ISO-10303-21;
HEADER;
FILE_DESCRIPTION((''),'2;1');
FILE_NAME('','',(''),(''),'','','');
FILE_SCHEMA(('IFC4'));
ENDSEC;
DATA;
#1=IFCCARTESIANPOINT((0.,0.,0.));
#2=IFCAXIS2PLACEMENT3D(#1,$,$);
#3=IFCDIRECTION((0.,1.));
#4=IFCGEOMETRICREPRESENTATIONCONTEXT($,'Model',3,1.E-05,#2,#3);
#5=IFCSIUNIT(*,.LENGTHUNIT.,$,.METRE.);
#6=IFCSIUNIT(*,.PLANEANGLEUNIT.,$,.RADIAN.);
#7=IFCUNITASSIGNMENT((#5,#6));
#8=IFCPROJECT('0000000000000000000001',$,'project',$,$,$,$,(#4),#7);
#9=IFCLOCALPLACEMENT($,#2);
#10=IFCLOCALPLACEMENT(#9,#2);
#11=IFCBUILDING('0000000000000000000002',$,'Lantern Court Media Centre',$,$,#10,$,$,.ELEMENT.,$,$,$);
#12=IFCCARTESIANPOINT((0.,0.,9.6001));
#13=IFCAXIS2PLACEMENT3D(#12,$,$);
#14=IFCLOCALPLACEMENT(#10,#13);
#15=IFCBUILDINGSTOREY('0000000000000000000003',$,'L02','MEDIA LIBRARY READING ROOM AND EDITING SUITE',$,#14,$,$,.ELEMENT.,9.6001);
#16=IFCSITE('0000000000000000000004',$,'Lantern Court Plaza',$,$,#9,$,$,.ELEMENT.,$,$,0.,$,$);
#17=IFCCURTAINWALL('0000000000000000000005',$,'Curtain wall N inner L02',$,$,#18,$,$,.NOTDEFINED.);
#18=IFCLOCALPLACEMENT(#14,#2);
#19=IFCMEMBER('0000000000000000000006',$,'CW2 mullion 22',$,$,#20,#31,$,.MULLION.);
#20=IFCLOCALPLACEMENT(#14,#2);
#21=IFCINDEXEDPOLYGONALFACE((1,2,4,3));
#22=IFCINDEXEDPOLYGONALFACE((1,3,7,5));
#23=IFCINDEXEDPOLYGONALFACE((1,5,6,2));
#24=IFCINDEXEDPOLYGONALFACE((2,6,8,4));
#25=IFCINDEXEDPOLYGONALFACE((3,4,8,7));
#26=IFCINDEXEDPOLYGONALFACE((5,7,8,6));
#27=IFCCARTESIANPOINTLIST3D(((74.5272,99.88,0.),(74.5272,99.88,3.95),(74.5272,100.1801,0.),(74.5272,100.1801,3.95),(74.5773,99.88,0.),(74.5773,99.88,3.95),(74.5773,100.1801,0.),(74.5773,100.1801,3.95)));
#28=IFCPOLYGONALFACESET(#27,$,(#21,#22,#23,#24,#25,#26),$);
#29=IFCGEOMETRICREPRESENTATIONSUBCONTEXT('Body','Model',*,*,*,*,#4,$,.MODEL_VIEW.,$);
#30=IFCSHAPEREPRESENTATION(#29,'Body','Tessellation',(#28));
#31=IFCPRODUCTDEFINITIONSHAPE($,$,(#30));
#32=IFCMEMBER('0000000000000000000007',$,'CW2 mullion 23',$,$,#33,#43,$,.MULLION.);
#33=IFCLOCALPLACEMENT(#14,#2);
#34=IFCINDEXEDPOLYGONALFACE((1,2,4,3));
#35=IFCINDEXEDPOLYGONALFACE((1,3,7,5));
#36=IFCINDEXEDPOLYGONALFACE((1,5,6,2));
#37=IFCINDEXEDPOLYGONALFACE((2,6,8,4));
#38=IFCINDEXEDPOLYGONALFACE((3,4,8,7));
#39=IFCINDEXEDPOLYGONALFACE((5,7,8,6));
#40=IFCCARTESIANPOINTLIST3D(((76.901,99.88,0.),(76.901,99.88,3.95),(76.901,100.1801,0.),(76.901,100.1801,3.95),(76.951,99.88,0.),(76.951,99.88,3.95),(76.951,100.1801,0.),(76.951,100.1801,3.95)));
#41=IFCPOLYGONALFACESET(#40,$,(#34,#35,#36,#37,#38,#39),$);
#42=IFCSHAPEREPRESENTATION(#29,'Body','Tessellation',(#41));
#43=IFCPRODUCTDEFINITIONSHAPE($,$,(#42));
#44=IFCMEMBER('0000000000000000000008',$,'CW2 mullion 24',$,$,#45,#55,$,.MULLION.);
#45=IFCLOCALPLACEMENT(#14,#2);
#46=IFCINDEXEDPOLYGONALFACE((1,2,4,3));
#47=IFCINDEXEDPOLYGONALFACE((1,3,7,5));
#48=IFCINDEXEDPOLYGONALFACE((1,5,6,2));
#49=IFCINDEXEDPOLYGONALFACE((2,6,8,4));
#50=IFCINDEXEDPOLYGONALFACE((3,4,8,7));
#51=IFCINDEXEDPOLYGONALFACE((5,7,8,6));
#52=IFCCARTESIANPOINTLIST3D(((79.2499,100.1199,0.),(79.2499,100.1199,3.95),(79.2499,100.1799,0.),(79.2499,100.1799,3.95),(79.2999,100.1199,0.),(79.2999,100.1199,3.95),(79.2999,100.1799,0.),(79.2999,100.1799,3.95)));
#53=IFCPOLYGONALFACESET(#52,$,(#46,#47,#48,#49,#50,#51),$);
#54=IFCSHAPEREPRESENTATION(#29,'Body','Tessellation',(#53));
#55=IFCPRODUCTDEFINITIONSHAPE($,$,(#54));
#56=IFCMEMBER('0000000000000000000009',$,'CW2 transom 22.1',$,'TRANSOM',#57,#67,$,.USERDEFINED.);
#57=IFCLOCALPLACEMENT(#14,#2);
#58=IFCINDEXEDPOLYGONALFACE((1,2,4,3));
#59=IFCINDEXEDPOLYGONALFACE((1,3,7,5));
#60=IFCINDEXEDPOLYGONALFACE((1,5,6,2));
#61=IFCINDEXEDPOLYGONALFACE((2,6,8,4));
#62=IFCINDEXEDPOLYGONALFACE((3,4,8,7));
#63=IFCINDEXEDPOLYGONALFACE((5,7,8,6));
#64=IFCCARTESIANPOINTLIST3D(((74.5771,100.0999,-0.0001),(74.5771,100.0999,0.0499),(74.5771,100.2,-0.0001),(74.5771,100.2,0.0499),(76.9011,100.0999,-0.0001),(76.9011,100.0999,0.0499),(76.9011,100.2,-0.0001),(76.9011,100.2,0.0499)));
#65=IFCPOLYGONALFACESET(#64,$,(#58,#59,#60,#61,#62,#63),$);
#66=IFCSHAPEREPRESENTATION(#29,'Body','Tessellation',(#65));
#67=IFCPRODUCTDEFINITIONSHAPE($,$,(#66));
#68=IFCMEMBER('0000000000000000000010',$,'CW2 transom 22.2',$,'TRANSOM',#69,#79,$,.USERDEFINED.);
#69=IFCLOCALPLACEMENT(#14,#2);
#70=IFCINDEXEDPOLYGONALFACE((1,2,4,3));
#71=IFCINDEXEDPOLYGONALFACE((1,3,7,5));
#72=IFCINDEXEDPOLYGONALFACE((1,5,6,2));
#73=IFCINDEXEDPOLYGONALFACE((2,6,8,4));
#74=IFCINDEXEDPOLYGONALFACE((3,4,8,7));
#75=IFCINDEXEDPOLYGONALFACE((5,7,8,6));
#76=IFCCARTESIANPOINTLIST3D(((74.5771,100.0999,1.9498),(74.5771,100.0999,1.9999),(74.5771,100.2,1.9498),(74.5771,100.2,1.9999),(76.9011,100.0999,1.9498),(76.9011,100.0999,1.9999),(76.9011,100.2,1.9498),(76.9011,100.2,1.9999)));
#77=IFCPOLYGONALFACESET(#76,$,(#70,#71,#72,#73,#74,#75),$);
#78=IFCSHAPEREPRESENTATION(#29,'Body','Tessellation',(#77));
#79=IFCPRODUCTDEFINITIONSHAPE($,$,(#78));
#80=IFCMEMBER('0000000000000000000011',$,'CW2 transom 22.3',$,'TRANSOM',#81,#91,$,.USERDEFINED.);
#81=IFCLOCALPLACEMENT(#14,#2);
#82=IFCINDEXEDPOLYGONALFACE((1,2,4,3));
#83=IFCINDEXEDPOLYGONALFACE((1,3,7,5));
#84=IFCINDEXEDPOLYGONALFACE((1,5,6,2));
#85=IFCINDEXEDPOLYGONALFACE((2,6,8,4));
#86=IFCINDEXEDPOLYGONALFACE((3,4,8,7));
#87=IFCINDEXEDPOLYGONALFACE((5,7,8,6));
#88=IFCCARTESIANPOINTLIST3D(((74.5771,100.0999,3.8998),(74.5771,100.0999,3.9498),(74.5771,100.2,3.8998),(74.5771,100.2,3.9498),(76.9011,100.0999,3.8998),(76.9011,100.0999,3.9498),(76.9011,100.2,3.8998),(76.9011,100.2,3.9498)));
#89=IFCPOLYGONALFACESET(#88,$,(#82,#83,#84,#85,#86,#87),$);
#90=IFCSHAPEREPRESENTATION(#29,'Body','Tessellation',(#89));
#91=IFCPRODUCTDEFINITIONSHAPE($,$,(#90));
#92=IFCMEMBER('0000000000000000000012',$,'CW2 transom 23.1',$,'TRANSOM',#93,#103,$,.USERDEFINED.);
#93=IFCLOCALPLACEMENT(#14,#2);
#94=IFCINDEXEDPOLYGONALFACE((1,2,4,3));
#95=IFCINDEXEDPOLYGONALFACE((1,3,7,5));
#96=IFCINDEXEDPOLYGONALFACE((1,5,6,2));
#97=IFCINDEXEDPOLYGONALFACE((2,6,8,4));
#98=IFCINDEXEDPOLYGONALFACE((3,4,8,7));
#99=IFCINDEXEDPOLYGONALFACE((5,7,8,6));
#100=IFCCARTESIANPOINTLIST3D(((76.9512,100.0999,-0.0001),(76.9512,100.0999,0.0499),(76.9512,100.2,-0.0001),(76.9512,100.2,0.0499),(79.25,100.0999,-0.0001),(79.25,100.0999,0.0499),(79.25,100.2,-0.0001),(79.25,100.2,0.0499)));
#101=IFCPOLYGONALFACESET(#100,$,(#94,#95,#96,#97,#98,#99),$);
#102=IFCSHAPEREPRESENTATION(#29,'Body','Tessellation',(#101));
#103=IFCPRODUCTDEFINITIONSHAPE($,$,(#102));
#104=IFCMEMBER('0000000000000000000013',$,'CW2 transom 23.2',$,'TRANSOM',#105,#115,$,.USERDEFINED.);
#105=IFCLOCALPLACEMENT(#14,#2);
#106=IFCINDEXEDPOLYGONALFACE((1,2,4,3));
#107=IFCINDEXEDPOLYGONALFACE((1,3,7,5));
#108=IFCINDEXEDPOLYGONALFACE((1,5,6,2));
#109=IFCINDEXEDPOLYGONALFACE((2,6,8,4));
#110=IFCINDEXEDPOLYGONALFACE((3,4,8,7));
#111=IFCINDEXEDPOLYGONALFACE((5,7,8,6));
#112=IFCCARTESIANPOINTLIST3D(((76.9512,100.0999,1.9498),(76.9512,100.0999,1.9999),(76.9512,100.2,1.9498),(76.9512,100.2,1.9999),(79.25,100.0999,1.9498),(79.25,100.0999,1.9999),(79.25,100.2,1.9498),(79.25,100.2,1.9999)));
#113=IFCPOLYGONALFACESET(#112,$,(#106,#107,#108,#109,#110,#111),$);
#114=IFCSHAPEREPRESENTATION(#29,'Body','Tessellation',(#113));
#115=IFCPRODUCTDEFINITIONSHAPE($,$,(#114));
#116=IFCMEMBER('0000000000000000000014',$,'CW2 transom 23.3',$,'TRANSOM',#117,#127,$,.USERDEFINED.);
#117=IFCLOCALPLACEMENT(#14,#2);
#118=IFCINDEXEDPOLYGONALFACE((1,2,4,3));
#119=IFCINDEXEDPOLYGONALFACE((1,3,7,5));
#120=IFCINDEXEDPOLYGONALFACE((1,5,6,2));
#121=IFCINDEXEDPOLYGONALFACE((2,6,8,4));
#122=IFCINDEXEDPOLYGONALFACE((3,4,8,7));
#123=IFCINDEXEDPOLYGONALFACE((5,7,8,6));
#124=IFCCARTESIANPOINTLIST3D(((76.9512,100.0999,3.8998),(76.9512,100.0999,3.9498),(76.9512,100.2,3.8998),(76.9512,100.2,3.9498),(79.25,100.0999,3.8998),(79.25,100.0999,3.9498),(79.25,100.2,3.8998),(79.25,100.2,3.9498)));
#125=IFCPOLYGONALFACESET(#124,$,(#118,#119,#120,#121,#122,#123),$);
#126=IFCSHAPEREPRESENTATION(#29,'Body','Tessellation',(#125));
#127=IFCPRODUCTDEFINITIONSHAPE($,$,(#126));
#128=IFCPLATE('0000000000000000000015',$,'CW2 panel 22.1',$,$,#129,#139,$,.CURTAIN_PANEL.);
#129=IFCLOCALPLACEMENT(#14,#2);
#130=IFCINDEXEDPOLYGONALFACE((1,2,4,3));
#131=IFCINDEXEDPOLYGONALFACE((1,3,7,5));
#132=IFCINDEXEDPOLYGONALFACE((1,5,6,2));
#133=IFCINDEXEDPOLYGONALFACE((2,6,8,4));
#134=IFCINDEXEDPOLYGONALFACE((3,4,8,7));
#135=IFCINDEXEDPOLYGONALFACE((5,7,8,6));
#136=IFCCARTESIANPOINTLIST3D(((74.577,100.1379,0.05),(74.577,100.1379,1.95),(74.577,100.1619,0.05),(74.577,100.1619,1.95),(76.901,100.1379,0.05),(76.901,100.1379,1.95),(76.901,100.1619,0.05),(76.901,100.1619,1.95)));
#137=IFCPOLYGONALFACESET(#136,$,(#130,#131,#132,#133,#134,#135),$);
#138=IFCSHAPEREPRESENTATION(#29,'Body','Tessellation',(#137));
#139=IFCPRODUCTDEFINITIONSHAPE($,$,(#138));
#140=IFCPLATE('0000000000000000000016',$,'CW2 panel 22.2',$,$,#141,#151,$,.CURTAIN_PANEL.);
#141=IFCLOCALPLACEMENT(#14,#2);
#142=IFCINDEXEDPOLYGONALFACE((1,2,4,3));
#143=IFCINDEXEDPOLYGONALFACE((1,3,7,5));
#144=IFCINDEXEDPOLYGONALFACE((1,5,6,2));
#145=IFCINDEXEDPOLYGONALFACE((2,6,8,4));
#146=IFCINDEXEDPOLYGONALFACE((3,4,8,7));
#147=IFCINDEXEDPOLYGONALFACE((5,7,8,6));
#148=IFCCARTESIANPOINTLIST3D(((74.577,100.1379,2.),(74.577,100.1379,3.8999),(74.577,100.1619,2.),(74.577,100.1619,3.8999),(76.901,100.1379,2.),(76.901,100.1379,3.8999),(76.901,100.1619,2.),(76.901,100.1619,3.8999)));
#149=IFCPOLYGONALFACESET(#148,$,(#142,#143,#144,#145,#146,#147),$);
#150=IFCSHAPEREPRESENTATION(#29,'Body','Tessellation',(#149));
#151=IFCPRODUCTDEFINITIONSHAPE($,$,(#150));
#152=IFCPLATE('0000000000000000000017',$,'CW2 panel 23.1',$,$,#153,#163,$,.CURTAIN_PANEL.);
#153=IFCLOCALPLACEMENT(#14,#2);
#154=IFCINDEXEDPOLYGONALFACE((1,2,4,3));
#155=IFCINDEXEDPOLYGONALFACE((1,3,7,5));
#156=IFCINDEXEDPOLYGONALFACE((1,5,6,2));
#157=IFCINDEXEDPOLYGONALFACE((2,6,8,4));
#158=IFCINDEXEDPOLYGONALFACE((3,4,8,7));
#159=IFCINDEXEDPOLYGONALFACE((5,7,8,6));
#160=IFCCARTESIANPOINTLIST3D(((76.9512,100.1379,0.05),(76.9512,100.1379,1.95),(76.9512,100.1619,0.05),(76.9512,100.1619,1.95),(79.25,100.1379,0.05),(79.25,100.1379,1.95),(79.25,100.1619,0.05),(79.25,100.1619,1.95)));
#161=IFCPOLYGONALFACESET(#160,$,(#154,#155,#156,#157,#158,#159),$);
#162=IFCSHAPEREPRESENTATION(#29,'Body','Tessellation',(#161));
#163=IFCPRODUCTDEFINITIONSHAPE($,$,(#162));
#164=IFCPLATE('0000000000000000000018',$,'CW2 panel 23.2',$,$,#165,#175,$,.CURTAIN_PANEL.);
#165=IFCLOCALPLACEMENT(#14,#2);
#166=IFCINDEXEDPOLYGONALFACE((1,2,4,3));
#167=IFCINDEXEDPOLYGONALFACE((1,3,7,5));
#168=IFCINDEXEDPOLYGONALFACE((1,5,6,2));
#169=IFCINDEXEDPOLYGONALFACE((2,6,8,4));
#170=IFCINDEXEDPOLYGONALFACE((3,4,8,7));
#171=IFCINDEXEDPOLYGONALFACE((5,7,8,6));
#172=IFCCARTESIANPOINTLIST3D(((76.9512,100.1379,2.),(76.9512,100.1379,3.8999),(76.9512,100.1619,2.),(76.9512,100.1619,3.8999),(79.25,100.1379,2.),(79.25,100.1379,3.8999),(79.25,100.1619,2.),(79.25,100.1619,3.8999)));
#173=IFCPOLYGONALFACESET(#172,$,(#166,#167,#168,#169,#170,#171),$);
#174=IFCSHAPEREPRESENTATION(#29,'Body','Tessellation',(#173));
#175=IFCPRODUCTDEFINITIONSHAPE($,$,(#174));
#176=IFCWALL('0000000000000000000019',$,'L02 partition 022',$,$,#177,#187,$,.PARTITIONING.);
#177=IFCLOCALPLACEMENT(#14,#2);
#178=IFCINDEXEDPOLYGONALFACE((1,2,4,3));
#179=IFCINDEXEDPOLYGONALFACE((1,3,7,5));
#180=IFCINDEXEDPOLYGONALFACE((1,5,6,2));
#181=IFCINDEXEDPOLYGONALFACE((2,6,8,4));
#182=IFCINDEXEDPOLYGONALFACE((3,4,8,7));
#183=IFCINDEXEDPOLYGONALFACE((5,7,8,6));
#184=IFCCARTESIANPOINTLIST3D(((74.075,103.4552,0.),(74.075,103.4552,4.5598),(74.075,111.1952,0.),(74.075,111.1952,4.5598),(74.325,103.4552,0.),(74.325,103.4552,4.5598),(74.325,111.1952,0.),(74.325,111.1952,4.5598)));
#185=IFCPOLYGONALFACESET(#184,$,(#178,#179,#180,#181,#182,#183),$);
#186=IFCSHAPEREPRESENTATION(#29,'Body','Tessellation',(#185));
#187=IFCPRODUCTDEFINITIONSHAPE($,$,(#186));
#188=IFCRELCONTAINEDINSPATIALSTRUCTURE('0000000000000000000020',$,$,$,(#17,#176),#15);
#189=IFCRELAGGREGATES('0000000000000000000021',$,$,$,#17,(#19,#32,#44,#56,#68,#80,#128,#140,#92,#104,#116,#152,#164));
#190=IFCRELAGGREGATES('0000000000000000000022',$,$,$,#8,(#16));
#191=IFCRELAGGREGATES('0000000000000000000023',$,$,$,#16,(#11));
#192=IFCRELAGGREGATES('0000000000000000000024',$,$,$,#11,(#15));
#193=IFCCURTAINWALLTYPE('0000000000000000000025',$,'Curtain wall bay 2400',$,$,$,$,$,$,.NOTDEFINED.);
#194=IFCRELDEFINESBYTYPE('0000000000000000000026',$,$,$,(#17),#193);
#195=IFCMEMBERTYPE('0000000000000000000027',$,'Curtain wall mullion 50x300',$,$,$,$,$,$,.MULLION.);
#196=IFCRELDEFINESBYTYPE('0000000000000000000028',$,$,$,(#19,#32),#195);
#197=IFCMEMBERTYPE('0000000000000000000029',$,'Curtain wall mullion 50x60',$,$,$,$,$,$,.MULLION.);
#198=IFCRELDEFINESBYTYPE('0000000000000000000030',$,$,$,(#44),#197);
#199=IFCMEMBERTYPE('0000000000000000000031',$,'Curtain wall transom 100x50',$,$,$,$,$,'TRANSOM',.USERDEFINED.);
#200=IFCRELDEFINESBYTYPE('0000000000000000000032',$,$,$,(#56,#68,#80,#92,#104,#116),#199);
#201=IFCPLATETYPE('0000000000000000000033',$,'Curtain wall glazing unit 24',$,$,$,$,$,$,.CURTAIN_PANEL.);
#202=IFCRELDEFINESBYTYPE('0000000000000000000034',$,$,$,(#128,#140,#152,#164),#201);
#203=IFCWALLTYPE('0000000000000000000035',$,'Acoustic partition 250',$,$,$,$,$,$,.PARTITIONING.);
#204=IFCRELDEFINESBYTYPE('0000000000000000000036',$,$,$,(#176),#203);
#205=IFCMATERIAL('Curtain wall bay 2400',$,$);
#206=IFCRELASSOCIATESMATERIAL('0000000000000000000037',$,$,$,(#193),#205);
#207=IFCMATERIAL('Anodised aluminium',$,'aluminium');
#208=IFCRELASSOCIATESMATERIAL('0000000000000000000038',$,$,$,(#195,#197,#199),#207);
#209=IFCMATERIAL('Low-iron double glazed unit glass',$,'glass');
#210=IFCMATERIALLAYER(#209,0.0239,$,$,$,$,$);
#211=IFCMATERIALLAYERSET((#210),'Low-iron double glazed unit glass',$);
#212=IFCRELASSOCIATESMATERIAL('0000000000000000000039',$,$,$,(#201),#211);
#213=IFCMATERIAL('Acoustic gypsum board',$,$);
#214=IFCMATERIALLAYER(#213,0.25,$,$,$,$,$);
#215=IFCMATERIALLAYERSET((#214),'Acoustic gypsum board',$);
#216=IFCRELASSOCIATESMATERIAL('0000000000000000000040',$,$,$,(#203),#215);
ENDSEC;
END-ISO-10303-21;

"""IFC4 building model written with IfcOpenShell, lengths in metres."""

from ifc_helpers import new_model, si_unit, direction, frame, frame_2d, origin, origin_2d, place, context, subcontext, project, spatial, rectangle, extrude, material, layer, layer_set, material_profile, profile_set, type_object, element, aggregate, save


model = new_model("IFC4")

# Units and contexts
model_context = context("Model", 3, precision=1e-05, world=origin(), true_north=direction((0.0, 1.0)))
body_context = subcontext(model_context, "Body", "Model", "MODEL_VIEW")
ifc_project = project(units=[si_unit("LENGTHUNIT", "METRE"), si_unit("PLANEANGLEUNIT", "RADIAN")], contexts=[model_context])

# Site, building, storey
site_placement = place(None, origin())
site = spatial("IfcSite", under=ifc_project, at=site_placement, Name="Lantern Court Plaza", CompositionType="ELEMENT", RefElevation=0.0)
building_placement = place(site_placement, origin())
building = spatial("IfcBuilding", under=site, at=building_placement, Name="Lantern Court Media Centre", CompositionType="ELEMENT")
storey_placement = place(building_placement, frame((0.0, 0.0, 9.6001)))
storey = spatial("IfcBuildingStorey", under=building, at=storey_placement, Name="L02", Description="MEDIA LIBRARY READING ROOM AND EDITING SUITE", CompositionType="ELEMENT", Elevation=9.6001)

# Curtain wall, members, plates
ifc_material_1 = material(Name="Curtain wall bay 2400")
curtain_wall_type = type_object("IfcCurtainWallType", Name="Curtain wall bay 2400", PredefinedType="NOTDEFINED", material=ifc_material_1)
curtain_wall_placement = place(storey_placement, origin())
curtain_wall = element("IfcCurtainWall", 1, at=curtain_wall_placement, inside=storey, type_object=curtain_wall_type, Name="Curtain wall N inner L02", PredefinedType="NOTDEFINED")
ifc_material_2 = material(Name="Anodised aluminium", Category="aluminium")
ifc_material_profile_1 = material_profile(ifc_material_2, rectangle(XDim=0.3, YDim=0.05, at=origin_2d()), Name="AL 50x300")
ifc_profile_set_1 = profile_set([ifc_material_profile_1], Name="Anodised aluminium")
member_type_1 = type_object("IfcMemberType", Name="Curtain wall mullion 50x300", PredefinedType="MULLION", material=ifc_profile_set_1)
member_1_placement = place(storey_placement, frame((74.5522, 100.03, 0.0), z_axis=(0.0, 0.0, 1.0), x_axis=(0.0, 1.0, 0.0)))
member_1 = element("IfcMember", 2, at=member_1_placement, type_object=member_type_1, Name="CW2 mullion 22", PredefinedType="MULLION", context=body_context, shape_type="SweptSolid", body=[
    extrude(rectangle(XDim=0.3, YDim=0.05, at=origin_2d()), origin(), (0.0, 0.0, 1.0), 3.95),
])
member_2_placement = place(storey_placement, frame((76.926, 100.03, 0.0), z_axis=(0.0, 0.0, 1.0), x_axis=(0.0, 1.0, 0.0)))
member_2 = element("IfcMember", 3, at=member_2_placement, type_object=member_type_1, Name="CW2 mullion 23", PredefinedType="MULLION", context=body_context, shape_type="SweptSolid", body=[
    extrude(rectangle(XDim=0.3, YDim=0.05, at=origin_2d()), origin(), (0.0, 0.0, 1.0), 3.95),
])
ifc_material_profile_2 = material_profile(ifc_material_2, rectangle(XDim=0.0601, YDim=0.05, at=origin_2d()), Name="AL 50x60")
ifc_profile_set_2 = profile_set([ifc_material_profile_2], Name="Anodised aluminium")
member_type_2 = type_object("IfcMemberType", Name="Curtain wall mullion 50x60", PredefinedType="MULLION", material=ifc_profile_set_2)
member_3_placement = place(storey_placement, frame((79.2749, 100.1499, 0.0), z_axis=(0.0, 0.0, 1.0), x_axis=(0.0, 1.0, 0.0)))
member_3 = element("IfcMember", 4, at=member_3_placement, type_object=member_type_2, Name="CW2 mullion 24", PredefinedType="MULLION", context=body_context, shape_type="SweptSolid", body=[
    extrude(rectangle(XDim=0.0601, YDim=0.05, at=origin_2d()), origin(), (0.0, 0.0, 1.0), 3.95),
])
ifc_material_profile_3 = material_profile(ifc_material_2, rectangle(XDim=0.1001, YDim=0.05, at=origin_2d()), Name="AL 50x100")
ifc_profile_set_3 = profile_set([ifc_material_profile_3], Name="Anodised aluminium")
member_type_3 = type_object("IfcMemberType", Name="Curtain wall transom 100x50", ElementType="TRANSOM", PredefinedType="USERDEFINED", material=ifc_profile_set_3)
member_4_placement = place(storey_placement, frame((74.5771, 100.1499, 0.0249), z_axis=(1.0, 0.0, 0.0), x_axis=(0.0, 1.0, 0.0)))
member_4 = element("IfcMember", 5, at=member_4_placement, type_object=member_type_3, Name="CW2 transom 22.1", ObjectType="TRANSOM", PredefinedType="USERDEFINED", context=body_context, shape_type="SweptSolid", body=[
    extrude(rectangle(XDim=0.1001, YDim=0.05, at=origin_2d()), origin(), (0.0, 0.0, 1.0), 2.324),
])
member_5_placement = place(storey_placement, frame((74.5771, 100.1499, 1.9749), z_axis=(1.0, 0.0, 0.0), x_axis=(0.0, 1.0, 0.0)))
member_5 = element("IfcMember", 6, at=member_5_placement, type_object=member_type_3, Name="CW2 transom 22.2", ObjectType="TRANSOM", PredefinedType="USERDEFINED", context=body_context, shape_type="SweptSolid", body=[
    extrude(rectangle(XDim=0.1001, YDim=0.05, at=origin_2d()), origin(), (0.0, 0.0, 1.0), 2.324),
])
member_6_placement = place(storey_placement, frame((74.5771, 100.1499, 3.9248), z_axis=(1.0, 0.0, 0.0), x_axis=(0.0, 1.0, 0.0)))
member_6 = element("IfcMember", 7, at=member_6_placement, type_object=member_type_3, Name="CW2 transom 22.3", ObjectType="TRANSOM", PredefinedType="USERDEFINED", context=body_context, shape_type="SweptSolid", body=[
    extrude(rectangle(XDim=0.1001, YDim=0.05, at=origin_2d()), origin(), (0.0, 0.0, 1.0), 2.324),
])
member_7_placement = place(storey_placement, frame((76.9512, 100.1499, 0.0249), z_axis=(1.0, 0.0, 0.0), x_axis=(0.0, 1.0, 0.0)))
member_7 = element("IfcMember", 8, at=member_7_placement, type_object=member_type_3, Name="CW2 transom 23.1", ObjectType="TRANSOM", PredefinedType="USERDEFINED", context=body_context, shape_type="SweptSolid", body=[
    extrude(rectangle(XDim=0.1001, YDim=0.05, at=origin_2d()), origin(), (0.0, 0.0, 1.0), 2.2988),
])
member_8_placement = place(storey_placement, frame((76.9512, 100.1499, 1.9749), z_axis=(1.0, 0.0, 0.0), x_axis=(0.0, 1.0, 0.0)))
member_8 = element("IfcMember", 9, at=member_8_placement, type_object=member_type_3, Name="CW2 transom 23.2", ObjectType="TRANSOM", PredefinedType="USERDEFINED", context=body_context, shape_type="SweptSolid", body=[
    extrude(rectangle(XDim=0.1001, YDim=0.05, at=origin_2d()), origin(), (0.0, 0.0, 1.0), 2.2988),
])
member_9_placement = place(storey_placement, frame((76.9512, 100.1499, 3.9248), z_axis=(1.0, 0.0, 0.0), x_axis=(0.0, 1.0, 0.0)))
member_9 = element("IfcMember", 10, at=member_9_placement, type_object=member_type_3, Name="CW2 transom 23.3", ObjectType="TRANSOM", PredefinedType="USERDEFINED", context=body_context, shape_type="SweptSolid", body=[
    extrude(rectangle(XDim=0.1001, YDim=0.05, at=origin_2d()), origin(), (0.0, 0.0, 1.0), 2.2988),
])
ifc_material_3 = material(Name="Low-iron double glazed unit glass", Category="glass")
ifc_layer_1 = layer(ifc_material_3, 0.0239)
ifc_layer_set_1 = layer_set([ifc_layer_1], Name="Low-iron double glazed unit glass")
plate_type = type_object("IfcPlateType", Name="Curtain wall glazing unit 24", PredefinedType="CURTAIN_PANEL", material=ifc_layer_set_1)
plate_1_placement = place(storey_placement, frame((75.739, 100.1499, 0.05), z_axis=(0.0, 0.0, 1.0), x_axis=(1.0, 0.0, 0.0)))
plate_1 = element("IfcPlate", 11, at=plate_1_placement, type_object=plate_type, Name="CW2 panel 22.1", PredefinedType="CURTAIN_PANEL", context=body_context, shape_type="SweptSolid", body=[
    extrude(rectangle(XDim=2.324, YDim=0.0239, at=origin_2d()), origin(), (0.0, 0.0, 1.0), 1.8999),
])
plate_2_placement = place(storey_placement, frame((75.739, 100.1499, 2.0), z_axis=(0.0, 0.0, 1.0), x_axis=(1.0, 0.0, 0.0)))
plate_2 = element("IfcPlate", 12, at=plate_2_placement, type_object=plate_type, Name="CW2 panel 22.2", PredefinedType="CURTAIN_PANEL", context=body_context, shape_type="SweptSolid", body=[
    extrude(rectangle(XDim=2.324, YDim=0.0239, at=origin_2d()), origin(), (0.0, 0.0, 1.0), 1.8999),
])
plate_3_placement = place(storey_placement, frame((78.1006, 100.1499, 0.05), z_axis=(0.0, 0.0, 1.0), x_axis=(1.0, 0.0, 0.0)))
plate_3 = element("IfcPlate", 13, at=plate_3_placement, type_object=plate_type, Name="CW2 panel 23.1", PredefinedType="CURTAIN_PANEL", context=body_context, shape_type="SweptSolid", body=[
    extrude(rectangle(XDim=2.2988, YDim=0.0239, at=origin_2d()), origin(), (0.0, 0.0, 1.0), 1.8999),
])
plate_4_placement = place(storey_placement, frame((78.1006, 100.1499, 2.0), z_axis=(0.0, 0.0, 1.0), x_axis=(1.0, 0.0, 0.0)))
plate_4 = element("IfcPlate", 14, at=plate_4_placement, type_object=plate_type, Name="CW2 panel 23.2", PredefinedType="CURTAIN_PANEL", context=body_context, shape_type="SweptSolid", body=[
    extrude(rectangle(XDim=2.2988, YDim=0.0239, at=origin_2d()), origin(), (0.0, 0.0, 1.0), 1.8999),
])
aggregate(curtain_wall, [member_1, member_2, member_3, member_4, member_5, member_6, plate_1, plate_2, member_7, member_8, member_9, plate_3, plate_4])

# Wall
ifc_material_4 = material(Name="Acoustic gypsum board")
ifc_layer_2 = layer(ifc_material_4, 0.25)
ifc_layer_set_2 = layer_set([ifc_layer_2], Name="Acoustic gypsum board")
wall_type_1 = type_object("IfcWallType", Name="Acoustic partition 250", PredefinedType="PARTITIONING", material=ifc_layer_set_2)
wall_1_placement = place(storey_placement, frame((74.2, 103.4551, 0.0), z_axis=(0.0, 0.0, 1.0), x_axis=(0.0, 1.0, 0.0)))
element("IfcWall", 15, at=wall_1_placement, inside=storey, type_object=wall_type_1, Name="L02 partition 022", PredefinedType="PARTITIONING", context=body_context, shape_type="SweptSolid", body=[
    extrude(rectangle(XDim=7.74, YDim=0.25, at=frame_2d((3.8701, 0.0))), origin(), (0.0, 0.0, 1.0), 4.5598),
])

save(model, "model.ifc")
